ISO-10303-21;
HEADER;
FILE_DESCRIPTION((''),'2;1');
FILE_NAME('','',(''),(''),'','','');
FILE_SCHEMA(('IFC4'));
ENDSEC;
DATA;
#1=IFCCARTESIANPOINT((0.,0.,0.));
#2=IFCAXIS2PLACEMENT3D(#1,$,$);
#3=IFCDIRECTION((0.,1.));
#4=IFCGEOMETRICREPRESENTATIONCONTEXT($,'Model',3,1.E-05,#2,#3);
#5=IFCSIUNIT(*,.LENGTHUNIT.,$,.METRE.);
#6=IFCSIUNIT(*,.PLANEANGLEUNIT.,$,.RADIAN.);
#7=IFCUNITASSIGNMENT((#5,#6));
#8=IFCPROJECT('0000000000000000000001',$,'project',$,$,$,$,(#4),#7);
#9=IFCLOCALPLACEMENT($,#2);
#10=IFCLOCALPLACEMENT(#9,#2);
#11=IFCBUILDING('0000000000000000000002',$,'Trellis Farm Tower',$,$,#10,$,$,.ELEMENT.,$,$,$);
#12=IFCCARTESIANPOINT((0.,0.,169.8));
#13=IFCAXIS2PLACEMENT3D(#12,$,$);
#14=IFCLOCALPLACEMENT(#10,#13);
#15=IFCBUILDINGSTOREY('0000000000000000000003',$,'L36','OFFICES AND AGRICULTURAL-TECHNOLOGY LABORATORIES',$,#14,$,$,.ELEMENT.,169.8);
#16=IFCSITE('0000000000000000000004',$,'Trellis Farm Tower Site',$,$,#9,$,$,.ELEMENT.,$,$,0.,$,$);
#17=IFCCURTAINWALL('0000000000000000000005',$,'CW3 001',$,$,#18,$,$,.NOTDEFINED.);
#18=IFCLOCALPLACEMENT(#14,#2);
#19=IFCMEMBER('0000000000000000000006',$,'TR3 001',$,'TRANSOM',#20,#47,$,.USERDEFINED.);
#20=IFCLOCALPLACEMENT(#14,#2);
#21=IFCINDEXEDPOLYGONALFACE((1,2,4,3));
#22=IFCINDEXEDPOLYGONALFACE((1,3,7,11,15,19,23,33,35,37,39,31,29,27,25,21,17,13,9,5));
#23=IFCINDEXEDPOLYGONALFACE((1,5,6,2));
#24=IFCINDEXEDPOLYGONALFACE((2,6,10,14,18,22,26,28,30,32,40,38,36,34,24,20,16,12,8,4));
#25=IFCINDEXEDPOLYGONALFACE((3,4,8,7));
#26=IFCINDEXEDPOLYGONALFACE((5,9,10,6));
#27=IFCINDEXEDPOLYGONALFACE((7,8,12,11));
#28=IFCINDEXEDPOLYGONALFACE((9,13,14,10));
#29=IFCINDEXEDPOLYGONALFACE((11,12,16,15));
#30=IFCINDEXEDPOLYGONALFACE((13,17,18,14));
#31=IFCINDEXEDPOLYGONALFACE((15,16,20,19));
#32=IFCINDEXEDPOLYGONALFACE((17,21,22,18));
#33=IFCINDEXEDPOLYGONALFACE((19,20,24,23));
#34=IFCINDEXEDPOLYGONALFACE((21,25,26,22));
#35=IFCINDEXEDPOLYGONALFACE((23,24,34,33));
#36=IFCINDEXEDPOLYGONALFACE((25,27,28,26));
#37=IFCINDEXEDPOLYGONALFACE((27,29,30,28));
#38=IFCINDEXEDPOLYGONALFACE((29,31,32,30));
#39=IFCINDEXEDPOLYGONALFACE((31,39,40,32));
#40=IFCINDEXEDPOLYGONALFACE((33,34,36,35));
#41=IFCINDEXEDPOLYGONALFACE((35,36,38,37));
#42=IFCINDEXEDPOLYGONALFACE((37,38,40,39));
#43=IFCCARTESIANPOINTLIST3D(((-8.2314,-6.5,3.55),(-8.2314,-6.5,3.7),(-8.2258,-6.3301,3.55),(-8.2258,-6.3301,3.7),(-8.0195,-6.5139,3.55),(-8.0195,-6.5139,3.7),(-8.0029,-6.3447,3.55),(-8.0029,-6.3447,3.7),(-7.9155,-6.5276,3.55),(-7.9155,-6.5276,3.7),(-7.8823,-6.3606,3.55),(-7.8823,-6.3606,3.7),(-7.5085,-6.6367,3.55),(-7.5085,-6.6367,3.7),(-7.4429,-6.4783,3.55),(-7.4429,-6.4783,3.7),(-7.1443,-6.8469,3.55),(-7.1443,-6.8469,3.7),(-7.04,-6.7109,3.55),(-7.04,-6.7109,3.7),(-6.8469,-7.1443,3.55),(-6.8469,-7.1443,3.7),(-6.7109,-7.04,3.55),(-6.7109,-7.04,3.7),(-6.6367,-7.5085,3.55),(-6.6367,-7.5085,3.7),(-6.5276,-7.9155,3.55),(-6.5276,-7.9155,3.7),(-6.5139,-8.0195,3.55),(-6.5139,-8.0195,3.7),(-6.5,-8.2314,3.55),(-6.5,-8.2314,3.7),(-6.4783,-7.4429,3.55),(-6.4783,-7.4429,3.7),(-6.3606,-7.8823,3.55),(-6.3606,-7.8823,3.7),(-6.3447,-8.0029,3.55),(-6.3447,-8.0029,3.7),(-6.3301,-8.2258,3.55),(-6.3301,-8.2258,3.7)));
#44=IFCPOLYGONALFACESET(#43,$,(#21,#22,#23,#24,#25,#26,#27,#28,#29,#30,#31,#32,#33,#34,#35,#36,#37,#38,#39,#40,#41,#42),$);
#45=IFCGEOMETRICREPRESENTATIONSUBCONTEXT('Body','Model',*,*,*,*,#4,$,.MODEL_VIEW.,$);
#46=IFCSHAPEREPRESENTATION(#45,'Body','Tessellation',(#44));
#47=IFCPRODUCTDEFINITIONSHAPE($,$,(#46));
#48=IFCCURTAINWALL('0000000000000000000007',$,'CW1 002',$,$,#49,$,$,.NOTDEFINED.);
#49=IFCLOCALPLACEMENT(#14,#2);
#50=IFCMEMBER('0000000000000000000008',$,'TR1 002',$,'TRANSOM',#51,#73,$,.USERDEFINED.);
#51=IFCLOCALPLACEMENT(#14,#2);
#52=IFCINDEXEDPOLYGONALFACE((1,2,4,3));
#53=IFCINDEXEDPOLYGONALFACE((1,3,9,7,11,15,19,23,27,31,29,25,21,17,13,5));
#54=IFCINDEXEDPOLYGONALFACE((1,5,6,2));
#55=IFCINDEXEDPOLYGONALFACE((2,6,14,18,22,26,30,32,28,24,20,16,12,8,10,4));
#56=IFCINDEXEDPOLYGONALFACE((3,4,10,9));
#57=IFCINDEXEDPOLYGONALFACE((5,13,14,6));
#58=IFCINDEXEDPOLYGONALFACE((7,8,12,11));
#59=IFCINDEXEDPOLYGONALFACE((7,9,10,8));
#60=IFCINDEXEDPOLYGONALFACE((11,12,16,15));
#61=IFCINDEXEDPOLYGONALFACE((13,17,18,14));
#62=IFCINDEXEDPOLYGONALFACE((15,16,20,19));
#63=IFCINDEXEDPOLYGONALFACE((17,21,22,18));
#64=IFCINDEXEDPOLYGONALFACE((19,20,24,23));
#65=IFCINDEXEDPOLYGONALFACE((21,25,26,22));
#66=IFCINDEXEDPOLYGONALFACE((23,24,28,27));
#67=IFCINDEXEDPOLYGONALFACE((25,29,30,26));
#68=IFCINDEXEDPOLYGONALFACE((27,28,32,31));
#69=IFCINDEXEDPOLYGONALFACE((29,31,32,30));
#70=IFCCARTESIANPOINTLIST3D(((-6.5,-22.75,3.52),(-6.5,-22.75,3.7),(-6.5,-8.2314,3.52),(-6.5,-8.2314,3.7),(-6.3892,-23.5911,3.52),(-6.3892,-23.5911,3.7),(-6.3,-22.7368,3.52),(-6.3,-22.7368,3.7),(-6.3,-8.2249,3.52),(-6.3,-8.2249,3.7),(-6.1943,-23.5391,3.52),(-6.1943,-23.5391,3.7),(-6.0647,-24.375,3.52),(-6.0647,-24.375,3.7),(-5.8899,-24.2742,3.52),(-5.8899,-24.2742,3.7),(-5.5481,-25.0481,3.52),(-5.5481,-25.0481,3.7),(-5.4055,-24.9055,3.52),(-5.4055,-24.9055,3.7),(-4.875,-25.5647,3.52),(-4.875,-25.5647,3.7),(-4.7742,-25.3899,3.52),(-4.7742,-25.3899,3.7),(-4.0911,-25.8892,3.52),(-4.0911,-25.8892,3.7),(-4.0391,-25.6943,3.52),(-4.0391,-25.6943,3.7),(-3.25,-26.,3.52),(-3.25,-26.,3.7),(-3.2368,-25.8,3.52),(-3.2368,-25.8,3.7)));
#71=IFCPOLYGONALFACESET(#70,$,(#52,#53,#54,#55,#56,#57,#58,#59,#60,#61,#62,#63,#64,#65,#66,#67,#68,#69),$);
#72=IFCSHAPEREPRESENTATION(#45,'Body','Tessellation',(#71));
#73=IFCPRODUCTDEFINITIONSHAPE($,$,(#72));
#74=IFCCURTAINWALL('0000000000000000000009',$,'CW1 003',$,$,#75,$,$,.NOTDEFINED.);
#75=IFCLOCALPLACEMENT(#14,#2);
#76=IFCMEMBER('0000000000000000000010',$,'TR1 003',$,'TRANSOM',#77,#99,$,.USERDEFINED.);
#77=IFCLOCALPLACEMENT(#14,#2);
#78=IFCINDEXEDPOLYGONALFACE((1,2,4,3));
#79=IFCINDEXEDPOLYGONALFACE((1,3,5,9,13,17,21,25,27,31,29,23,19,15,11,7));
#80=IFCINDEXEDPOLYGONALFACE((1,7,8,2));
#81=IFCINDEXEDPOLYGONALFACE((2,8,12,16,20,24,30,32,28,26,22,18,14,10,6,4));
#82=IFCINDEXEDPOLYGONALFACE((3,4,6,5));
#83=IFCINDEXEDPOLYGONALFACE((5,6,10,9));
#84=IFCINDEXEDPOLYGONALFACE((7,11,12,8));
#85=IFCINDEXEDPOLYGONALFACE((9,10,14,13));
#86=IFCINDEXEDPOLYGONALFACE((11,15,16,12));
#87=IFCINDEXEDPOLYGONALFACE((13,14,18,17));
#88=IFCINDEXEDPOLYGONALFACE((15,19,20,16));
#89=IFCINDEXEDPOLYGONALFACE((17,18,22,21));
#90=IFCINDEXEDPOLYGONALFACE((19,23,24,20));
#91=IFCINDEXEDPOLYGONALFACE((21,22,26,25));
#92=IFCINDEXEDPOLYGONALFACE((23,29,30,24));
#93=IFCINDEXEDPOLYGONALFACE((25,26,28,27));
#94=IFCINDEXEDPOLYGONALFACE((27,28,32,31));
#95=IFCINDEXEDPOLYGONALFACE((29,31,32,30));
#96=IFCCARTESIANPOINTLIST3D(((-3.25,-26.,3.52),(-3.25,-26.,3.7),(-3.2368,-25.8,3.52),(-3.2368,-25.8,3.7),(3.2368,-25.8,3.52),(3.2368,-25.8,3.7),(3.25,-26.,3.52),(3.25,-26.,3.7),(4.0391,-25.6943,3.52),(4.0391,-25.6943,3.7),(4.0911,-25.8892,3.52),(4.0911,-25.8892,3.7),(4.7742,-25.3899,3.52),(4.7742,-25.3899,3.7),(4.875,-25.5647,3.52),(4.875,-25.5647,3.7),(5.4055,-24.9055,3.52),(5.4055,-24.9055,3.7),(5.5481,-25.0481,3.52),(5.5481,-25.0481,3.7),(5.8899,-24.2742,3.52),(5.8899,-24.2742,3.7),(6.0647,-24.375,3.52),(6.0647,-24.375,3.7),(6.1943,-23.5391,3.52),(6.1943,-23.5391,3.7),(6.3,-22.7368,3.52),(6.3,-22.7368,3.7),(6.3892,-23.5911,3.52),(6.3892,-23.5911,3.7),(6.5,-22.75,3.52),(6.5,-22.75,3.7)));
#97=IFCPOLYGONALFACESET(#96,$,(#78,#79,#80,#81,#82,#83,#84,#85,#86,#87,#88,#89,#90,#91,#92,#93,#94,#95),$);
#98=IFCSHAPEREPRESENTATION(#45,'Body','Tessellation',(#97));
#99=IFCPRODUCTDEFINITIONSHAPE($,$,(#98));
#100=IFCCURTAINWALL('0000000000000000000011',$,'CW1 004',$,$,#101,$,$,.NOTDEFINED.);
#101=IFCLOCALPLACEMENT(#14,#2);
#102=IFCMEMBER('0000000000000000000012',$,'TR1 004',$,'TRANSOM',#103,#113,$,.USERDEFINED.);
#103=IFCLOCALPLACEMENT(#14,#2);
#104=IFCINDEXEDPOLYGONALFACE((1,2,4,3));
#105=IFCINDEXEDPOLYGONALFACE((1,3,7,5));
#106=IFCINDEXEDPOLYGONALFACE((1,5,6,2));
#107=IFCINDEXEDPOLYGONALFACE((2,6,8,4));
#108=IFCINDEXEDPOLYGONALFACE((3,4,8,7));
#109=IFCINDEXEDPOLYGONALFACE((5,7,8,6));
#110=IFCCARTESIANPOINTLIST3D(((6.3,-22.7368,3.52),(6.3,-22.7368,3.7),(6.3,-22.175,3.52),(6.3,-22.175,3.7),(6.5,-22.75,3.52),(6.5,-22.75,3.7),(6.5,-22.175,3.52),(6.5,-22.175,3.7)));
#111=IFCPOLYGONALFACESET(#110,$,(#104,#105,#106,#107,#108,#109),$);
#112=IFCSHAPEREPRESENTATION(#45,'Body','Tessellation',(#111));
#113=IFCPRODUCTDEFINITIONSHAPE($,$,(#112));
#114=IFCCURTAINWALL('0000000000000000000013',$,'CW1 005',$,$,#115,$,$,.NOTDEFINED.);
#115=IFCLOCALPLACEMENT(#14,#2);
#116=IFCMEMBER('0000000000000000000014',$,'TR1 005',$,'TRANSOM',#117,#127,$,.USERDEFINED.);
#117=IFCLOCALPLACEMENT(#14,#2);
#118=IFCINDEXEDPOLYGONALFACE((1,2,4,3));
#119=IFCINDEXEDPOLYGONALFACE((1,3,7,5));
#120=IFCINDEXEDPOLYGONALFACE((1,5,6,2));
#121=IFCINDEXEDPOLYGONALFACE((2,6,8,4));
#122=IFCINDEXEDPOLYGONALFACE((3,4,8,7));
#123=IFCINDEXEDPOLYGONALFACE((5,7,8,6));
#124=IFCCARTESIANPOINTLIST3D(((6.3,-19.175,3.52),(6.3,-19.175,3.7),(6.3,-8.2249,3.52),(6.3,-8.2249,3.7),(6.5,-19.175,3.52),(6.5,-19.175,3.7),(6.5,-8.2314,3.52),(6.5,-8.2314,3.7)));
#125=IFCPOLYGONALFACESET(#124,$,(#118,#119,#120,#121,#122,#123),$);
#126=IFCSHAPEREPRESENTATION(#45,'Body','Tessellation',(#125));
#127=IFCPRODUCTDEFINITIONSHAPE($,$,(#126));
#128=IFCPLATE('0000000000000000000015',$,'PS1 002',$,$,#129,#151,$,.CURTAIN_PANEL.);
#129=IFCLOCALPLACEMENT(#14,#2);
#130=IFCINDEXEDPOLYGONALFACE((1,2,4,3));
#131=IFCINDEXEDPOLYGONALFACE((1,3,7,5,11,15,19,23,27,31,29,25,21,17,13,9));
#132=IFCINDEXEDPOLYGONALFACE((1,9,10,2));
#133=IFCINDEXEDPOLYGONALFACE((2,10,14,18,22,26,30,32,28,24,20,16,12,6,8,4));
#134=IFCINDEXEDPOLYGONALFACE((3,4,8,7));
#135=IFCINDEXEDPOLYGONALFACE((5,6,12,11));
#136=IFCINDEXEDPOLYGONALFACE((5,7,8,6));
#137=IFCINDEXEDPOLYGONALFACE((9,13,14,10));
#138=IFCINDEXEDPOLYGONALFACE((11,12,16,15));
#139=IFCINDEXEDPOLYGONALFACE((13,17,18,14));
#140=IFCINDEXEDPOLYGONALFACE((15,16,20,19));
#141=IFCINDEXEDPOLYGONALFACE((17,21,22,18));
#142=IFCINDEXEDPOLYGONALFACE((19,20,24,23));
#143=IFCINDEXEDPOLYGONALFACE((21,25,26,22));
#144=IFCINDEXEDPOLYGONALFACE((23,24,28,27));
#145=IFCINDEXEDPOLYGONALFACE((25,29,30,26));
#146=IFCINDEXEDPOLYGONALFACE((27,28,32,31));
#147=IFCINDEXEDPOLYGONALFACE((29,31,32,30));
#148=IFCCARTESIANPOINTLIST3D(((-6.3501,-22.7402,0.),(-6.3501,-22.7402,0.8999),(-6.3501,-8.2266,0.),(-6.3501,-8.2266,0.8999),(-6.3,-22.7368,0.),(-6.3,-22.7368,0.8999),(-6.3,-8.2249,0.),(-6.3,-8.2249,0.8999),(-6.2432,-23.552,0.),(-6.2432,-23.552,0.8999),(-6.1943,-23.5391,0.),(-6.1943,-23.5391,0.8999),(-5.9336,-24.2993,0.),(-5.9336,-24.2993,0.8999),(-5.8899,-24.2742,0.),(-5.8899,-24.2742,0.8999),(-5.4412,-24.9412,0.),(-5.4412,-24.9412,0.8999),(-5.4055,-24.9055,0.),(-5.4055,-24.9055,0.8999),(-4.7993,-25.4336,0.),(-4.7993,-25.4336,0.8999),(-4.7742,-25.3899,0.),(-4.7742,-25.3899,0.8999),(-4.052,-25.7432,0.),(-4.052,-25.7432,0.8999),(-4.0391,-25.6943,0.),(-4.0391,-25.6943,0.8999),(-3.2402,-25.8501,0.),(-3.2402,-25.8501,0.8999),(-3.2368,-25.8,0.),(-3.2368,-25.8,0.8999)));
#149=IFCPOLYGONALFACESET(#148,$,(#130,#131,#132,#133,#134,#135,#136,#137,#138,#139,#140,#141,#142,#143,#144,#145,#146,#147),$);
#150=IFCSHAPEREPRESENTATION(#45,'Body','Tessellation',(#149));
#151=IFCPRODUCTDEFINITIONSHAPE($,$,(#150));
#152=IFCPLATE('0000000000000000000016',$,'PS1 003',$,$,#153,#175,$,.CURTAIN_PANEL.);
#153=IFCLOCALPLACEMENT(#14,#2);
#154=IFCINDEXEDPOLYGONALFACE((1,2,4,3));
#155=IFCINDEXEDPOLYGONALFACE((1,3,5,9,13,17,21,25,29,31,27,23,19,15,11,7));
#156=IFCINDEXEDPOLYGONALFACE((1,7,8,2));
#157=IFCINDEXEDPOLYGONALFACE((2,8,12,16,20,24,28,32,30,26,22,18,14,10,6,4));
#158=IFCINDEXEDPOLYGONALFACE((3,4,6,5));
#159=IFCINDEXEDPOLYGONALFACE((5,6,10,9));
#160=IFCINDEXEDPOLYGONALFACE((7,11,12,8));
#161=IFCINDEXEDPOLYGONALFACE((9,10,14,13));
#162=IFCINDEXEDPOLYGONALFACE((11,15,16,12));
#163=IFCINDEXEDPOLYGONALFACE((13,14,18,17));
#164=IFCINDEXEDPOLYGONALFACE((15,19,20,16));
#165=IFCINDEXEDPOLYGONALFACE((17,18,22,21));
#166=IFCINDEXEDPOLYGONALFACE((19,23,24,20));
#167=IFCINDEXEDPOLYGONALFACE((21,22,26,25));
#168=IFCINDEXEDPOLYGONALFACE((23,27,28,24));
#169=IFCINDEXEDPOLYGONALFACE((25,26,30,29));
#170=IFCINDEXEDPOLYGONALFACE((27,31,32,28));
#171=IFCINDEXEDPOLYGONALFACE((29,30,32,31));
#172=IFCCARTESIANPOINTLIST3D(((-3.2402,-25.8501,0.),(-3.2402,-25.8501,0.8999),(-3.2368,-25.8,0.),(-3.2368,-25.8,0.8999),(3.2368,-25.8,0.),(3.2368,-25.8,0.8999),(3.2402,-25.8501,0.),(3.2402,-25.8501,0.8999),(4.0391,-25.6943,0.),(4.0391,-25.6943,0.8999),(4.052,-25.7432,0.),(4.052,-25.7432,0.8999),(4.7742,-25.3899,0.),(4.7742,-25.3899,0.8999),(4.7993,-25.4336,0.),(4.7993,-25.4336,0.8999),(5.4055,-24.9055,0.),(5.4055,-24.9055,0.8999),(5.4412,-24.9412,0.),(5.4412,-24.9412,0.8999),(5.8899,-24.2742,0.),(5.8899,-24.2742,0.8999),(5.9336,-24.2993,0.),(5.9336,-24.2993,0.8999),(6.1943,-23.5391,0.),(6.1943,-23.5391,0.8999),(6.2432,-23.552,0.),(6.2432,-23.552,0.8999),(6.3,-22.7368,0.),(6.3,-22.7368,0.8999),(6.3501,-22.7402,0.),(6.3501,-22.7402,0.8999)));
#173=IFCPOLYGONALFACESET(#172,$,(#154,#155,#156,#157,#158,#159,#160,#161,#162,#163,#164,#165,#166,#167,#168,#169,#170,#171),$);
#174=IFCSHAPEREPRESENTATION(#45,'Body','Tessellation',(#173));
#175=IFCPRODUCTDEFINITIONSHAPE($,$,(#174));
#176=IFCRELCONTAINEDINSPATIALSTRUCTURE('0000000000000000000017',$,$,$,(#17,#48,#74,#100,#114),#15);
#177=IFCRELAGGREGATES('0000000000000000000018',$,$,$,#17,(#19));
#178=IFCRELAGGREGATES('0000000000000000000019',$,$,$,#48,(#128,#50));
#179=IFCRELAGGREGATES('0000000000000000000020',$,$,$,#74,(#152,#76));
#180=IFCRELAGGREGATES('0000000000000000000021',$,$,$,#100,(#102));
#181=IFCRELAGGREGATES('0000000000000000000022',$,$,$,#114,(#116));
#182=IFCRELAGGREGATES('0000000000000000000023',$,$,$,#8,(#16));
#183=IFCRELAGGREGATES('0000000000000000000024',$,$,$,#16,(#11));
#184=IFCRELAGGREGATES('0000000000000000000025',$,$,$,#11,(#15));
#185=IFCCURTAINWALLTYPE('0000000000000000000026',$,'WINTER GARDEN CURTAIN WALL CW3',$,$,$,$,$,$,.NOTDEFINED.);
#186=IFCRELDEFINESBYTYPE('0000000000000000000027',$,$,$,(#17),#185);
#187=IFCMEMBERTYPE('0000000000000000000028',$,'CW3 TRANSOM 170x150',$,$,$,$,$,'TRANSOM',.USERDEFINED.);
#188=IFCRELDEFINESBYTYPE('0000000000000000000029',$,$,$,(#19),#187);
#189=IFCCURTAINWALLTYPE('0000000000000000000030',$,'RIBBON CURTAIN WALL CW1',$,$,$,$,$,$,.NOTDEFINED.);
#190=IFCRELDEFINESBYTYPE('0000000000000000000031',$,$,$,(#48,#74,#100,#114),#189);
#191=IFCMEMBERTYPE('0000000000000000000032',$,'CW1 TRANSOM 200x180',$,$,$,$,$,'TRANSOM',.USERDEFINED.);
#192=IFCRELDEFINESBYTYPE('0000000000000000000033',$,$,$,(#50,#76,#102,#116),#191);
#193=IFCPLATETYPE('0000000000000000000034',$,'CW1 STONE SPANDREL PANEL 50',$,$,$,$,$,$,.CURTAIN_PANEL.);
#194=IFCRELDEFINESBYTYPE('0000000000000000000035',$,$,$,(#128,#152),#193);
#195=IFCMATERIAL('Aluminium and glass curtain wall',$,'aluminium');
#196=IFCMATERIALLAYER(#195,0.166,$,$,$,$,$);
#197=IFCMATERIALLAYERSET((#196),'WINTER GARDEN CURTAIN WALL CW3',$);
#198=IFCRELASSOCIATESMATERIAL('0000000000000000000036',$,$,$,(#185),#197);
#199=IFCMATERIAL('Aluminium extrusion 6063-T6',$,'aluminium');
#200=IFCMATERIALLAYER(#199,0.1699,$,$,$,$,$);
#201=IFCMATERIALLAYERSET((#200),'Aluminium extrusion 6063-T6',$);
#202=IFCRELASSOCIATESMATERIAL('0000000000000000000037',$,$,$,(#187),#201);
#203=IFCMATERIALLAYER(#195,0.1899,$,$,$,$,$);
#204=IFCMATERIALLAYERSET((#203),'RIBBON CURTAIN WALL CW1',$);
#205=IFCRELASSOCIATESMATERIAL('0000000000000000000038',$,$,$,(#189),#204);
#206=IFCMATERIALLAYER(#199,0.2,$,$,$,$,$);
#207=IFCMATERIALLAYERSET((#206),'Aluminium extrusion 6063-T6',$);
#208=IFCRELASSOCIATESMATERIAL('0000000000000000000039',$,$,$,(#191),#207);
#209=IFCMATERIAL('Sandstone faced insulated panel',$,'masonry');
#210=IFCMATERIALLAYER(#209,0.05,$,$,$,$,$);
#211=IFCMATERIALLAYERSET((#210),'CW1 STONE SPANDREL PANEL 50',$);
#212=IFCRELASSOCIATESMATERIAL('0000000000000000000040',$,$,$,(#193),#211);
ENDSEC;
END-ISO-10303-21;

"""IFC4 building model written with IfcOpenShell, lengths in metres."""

from ifc_helpers import new_model, si_unit, direction, frame, origin, place, context, subcontext, project, spatial, polyline, outline, extrude, source, transform, mapped, material, layer, layer_set, type_object, element, aggregate, save


model = new_model("IFC4")

# Units and contexts
model_context = context("Model", 3, precision=1e-05, world=origin(), true_north=direction((0.0, 1.0)))
body_context = subcontext(model_context, "Body", "Model", "MODEL_VIEW")
ifc_project = project(units=[si_unit("LENGTHUNIT", "METRE"), si_unit("PLANEANGLEUNIT", "RADIAN")], contexts=[model_context])

# Site, building, storey
site_placement = place(None, origin())
site = spatial("IfcSite", under=ifc_project, at=site_placement, Name="Trellis Farm Tower Site", CompositionType="ELEMENT", RefElevation=0.0)
building_placement = place(site_placement, origin())
building = spatial("IfcBuilding", under=site, at=building_placement, Name="Trellis Farm Tower", CompositionType="ELEMENT")
storey_placement = place(building_placement, frame((0.0, 0.0, 169.8)))
storey = spatial("IfcBuildingStorey", under=building, at=storey_placement, Name="L36", Description="OFFICES AND AGRICULTURAL-TECHNOLOGY LABORATORIES", CompositionType="ELEMENT", Elevation=169.8)

# Curtain walls, members
ifc_material_1 = material(Name="Aluminium and glass curtain wall", Category="aluminium")
ifc_layer_1 = layer(ifc_material_1, 0.166)
ifc_layer_set_1 = layer_set([ifc_layer_1], Name="WINTER GARDEN CURTAIN WALL CW3")
curtain_wall_type_1 = type_object("IfcCurtainWallType", Name="WINTER GARDEN CURTAIN WALL CW3", PredefinedType="NOTDEFINED", material=ifc_layer_set_1)
placement_1 = place(storey_placement, origin())
curtain_wall_1 = element("IfcCurtainWall", 1, at=placement_1, inside=storey, type_object=curtain_wall_type_1, Name="CW3 001", PredefinedType="NOTDEFINED")
ifc_material_2 = material(Name="Aluminium extrusion 6063-T6", Category="aluminium")
ifc_layer_2 = layer(ifc_material_2, 0.1699)
ifc_layer_set_2 = layer_set([ifc_layer_2], Name="Aluminium extrusion 6063-T6")
member_type_1 = type_object("IfcMemberType", Name="CW3 TRANSOM 170x150", ElementType="TRANSOM", PredefinedType="USERDEFINED", material=ifc_layer_set_2)
shared_shape_1 = source(origin(), body_context, "Body", "SweptSolid", [
    extrude(outline(polyline([(-8.2314, -6.5), (-8.0195, -6.5139), (-7.9155, -6.5276), (-7.5085, -6.6367), (-7.1443, -6.8469), (-6.8469, -7.1443), (-6.6367, -7.5085), (-6.5276, -7.9155), (-6.5139, -8.0195), (-6.5, -8.2314), (-6.3301, -8.2258), (-6.3447, -8.0029), (-6.3606, -7.8823), (-6.4783, -7.4429), (-6.7109, -7.04), (-7.04, -6.7109), (-7.4429, -6.4783), (-7.8823, -6.3606), (-8.0029, -6.3447), (-8.2258, -6.3301), (-8.2314, -6.5)])), origin(), (0.0, 0.0, 1.0), 0.1499),
])
member_1_placement = place(storey_placement, frame((0.0, 0.0, 3.55)))
member_1 = element("IfcMember", 2, at=member_1_placement, type_object=member_type_1, Name="TR3 001", ObjectType="TRANSOM", PredefinedType="USERDEFINED", context=body_context, shape_type="MappedRepresentation", body=[
    mapped(shared_shape_1, transform((0.0, 0.0, 0.0))),
])
ifc_layer_3 = layer(ifc_material_1, 0.1899)
ifc_layer_set_3 = layer_set([ifc_layer_3], Name="RIBBON CURTAIN WALL CW1")
curtain_wall_type_2 = type_object("IfcCurtainWallType", Name="RIBBON CURTAIN WALL CW1", PredefinedType="NOTDEFINED", material=ifc_layer_set_3)
curtain_wall_2 = element("IfcCurtainWall", 3, at=placement_1, inside=storey, type_object=curtain_wall_type_2, Name="CW1 002", PredefinedType="NOTDEFINED")
ifc_layer_4 = layer(ifc_material_2, 0.2)
ifc_layer_set_4 = layer_set([ifc_layer_4], Name="Aluminium extrusion 6063-T6")
member_type_2 = type_object("IfcMemberType", Name="CW1 TRANSOM 200x180", ElementType="TRANSOM", PredefinedType="USERDEFINED", material=ifc_layer_set_4)
shared_shape_2 = source(origin(), body_context, "Body", "SweptSolid", [
    extrude(outline(polyline([(-6.5, -8.2314), (-6.5, -22.75), (-6.3892, -23.5911), (-6.0647, -24.375), (-5.5481, -25.0481), (-4.875, -25.5647), (-4.0911, -25.8892), (-3.25, -26.0), (-3.2368, -25.8), (-4.0391, -25.6943), (-4.7742, -25.3899), (-5.4055, -24.9055), (-5.8899, -24.2742), (-6.1943, -23.5391), (-6.3, -22.7368), (-6.3, -8.2249), (-6.5, -8.2314)])), origin(), (0.0, 0.0, 1.0), 0.1799),
])
placement_2 = place(storey_placement, frame((0.0, 0.0, 3.52)))
member_2 = element("IfcMember", 4, at=placement_2, type_object=member_type_2, Name="TR1 002", ObjectType="TRANSOM", PredefinedType="USERDEFINED", context=body_context, shape_type="MappedRepresentation", body=[
    mapped(shared_shape_2, transform((0.0, 0.0, 0.0))),
])
curtain_wall_3 = element("IfcCurtainWall", 5, at=placement_1, inside=storey, type_object=curtain_wall_type_2, Name="CW1 003", PredefinedType="NOTDEFINED")
shared_shape_3 = source(origin(), body_context, "Body", "SweptSolid", [
    extrude(outline(polyline([(-3.25, -26.0), (3.25, -26.0), (4.0911, -25.8892), (4.875, -25.5647), (5.5481, -25.0481), (6.0647, -24.375), (6.3892, -23.5911), (6.5, -22.75), (6.3, -22.7368), (6.1943, -23.5391), (5.8899, -24.2742), (5.4055, -24.9055), (4.7742, -25.3899), (4.0391, -25.6943), (3.2368, -25.8), (-3.2368, -25.8), (-3.25, -26.0)])), origin(), (0.0, 0.0, 1.0), 0.1799),
])
member_3 = element("IfcMember", 6, at=placement_2, type_object=member_type_2, Name="TR1 003", ObjectType="TRANSOM", PredefinedType="USERDEFINED", context=body_context, shape_type="MappedRepresentation", body=[
    mapped(shared_shape_3, transform((0.0, 0.0, 0.0))),
])
curtain_wall_4 = element("IfcCurtainWall", 7, at=placement_1, inside=storey, type_object=curtain_wall_type_2, Name="CW1 004", PredefinedType="NOTDEFINED")
shared_shape_4 = source(origin(), body_context, "Body", "SweptSolid", [
    extrude(outline(polyline([(6.5, -22.75), (6.5, -22.175), (6.3, -22.175), (6.3, -22.7368), (6.5, -22.75)])), origin(), (0.0, 0.0, 1.0), 0.1799),
])
member_4 = element("IfcMember", 8, at=placement_2, type_object=member_type_2, Name="TR1 004", ObjectType="TRANSOM", PredefinedType="USERDEFINED", context=body_context, shape_type="MappedRepresentation", body=[
    mapped(shared_shape_4, transform((0.0, 0.0, 0.0))),
])
curtain_wall_5 = element("IfcCurtainWall", 9, at=placement_1, inside=storey, type_object=curtain_wall_type_2, Name="CW1 005", PredefinedType="NOTDEFINED")
shared_shape_5 = source(origin(), body_context, "Body", "SweptSolid", [
    extrude(outline(polyline([(6.5, -19.175), (6.5, -8.2314), (6.3, -8.2249), (6.3, -19.175), (6.5, -19.175)])), origin(), (0.0, 0.0, 1.0), 0.1799),
])
member_5 = element("IfcMember", 10, at=placement_2, type_object=member_type_2, Name="TR1 005", ObjectType="TRANSOM", PredefinedType="USERDEFINED", context=body_context, shape_type="MappedRepresentation", body=[
    mapped(shared_shape_5, transform((0.0, 0.0, 0.0))),
])

# Plates
ifc_material_3 = material(Name="Sandstone faced insulated panel", Category="masonry")
ifc_layer_5 = layer(ifc_material_3, 0.05)
ifc_layer_set_5 = layer_set([ifc_layer_5], Name="CW1 STONE SPANDREL PANEL 50")
plate_type_1 = type_object("IfcPlateType", Name="CW1 STONE SPANDREL PANEL 50", PredefinedType="CURTAIN_PANEL", material=ifc_layer_set_5)
shared_shape_6 = source(origin(), body_context, "Body", "SweptSolid", [
    extrude(outline(polyline([(-6.3501, -8.2266), (-6.3501, -22.7402), (-6.2432, -23.552), (-5.9336, -24.2993), (-5.4412, -24.9412), (-4.7993, -25.4336), (-4.052, -25.7432), (-3.2402, -25.8501), (-3.2368, -25.8), (-4.0391, -25.6943), (-4.7742, -25.3899), (-5.4055, -24.9055), (-5.8899, -24.2742), (-6.1943, -23.5391), (-6.3, -22.7368), (-6.3, -8.2249), (-6.3501, -8.2266)])), origin(), (0.0, 0.0, 1.0), 0.8999),
])
plate_1 = element("IfcPlate", 11, at=placement_1, type_object=plate_type_1, Name="PS1 002", PredefinedType="CURTAIN_PANEL", context=body_context, shape_type="MappedRepresentation", body=[
    mapped(shared_shape_6, transform((0.0, 0.0, 0.0))),
])
shared_shape_7 = source(origin(), body_context, "Body", "SweptSolid", [
    extrude(outline(polyline([(-3.2402, -25.8501), (3.2402, -25.8501), (4.052, -25.7432), (4.7993, -25.4336), (5.4412, -24.9412), (5.9336, -24.2993), (6.2432, -23.552), (6.3501, -22.7402), (6.3, -22.7368), (6.1943, -23.5391), (5.8899, -24.2742), (5.4055, -24.9055), (4.7742, -25.3899), (4.0391, -25.6943), (3.2368, -25.8), (-3.2368, -25.8), (-3.2402, -25.8501)])), origin(), (0.0, 0.0, 1.0), 0.8999),
])
plate_2 = element("IfcPlate", 12, at=placement_1, type_object=plate_type_1, Name="PS1 003", PredefinedType="CURTAIN_PANEL", context=body_context, shape_type="MappedRepresentation", body=[
    mapped(shared_shape_7, transform((0.0, 0.0, 0.0))),
])
aggregate(curtain_wall_1, [member_1])
aggregate(curtain_wall_2, [plate_1, member_2])
aggregate(curtain_wall_3, [plate_2, member_3])
aggregate(curtain_wall_4, [member_4])
aggregate(curtain_wall_5, [member_5])

save(model, "model.ifc")
